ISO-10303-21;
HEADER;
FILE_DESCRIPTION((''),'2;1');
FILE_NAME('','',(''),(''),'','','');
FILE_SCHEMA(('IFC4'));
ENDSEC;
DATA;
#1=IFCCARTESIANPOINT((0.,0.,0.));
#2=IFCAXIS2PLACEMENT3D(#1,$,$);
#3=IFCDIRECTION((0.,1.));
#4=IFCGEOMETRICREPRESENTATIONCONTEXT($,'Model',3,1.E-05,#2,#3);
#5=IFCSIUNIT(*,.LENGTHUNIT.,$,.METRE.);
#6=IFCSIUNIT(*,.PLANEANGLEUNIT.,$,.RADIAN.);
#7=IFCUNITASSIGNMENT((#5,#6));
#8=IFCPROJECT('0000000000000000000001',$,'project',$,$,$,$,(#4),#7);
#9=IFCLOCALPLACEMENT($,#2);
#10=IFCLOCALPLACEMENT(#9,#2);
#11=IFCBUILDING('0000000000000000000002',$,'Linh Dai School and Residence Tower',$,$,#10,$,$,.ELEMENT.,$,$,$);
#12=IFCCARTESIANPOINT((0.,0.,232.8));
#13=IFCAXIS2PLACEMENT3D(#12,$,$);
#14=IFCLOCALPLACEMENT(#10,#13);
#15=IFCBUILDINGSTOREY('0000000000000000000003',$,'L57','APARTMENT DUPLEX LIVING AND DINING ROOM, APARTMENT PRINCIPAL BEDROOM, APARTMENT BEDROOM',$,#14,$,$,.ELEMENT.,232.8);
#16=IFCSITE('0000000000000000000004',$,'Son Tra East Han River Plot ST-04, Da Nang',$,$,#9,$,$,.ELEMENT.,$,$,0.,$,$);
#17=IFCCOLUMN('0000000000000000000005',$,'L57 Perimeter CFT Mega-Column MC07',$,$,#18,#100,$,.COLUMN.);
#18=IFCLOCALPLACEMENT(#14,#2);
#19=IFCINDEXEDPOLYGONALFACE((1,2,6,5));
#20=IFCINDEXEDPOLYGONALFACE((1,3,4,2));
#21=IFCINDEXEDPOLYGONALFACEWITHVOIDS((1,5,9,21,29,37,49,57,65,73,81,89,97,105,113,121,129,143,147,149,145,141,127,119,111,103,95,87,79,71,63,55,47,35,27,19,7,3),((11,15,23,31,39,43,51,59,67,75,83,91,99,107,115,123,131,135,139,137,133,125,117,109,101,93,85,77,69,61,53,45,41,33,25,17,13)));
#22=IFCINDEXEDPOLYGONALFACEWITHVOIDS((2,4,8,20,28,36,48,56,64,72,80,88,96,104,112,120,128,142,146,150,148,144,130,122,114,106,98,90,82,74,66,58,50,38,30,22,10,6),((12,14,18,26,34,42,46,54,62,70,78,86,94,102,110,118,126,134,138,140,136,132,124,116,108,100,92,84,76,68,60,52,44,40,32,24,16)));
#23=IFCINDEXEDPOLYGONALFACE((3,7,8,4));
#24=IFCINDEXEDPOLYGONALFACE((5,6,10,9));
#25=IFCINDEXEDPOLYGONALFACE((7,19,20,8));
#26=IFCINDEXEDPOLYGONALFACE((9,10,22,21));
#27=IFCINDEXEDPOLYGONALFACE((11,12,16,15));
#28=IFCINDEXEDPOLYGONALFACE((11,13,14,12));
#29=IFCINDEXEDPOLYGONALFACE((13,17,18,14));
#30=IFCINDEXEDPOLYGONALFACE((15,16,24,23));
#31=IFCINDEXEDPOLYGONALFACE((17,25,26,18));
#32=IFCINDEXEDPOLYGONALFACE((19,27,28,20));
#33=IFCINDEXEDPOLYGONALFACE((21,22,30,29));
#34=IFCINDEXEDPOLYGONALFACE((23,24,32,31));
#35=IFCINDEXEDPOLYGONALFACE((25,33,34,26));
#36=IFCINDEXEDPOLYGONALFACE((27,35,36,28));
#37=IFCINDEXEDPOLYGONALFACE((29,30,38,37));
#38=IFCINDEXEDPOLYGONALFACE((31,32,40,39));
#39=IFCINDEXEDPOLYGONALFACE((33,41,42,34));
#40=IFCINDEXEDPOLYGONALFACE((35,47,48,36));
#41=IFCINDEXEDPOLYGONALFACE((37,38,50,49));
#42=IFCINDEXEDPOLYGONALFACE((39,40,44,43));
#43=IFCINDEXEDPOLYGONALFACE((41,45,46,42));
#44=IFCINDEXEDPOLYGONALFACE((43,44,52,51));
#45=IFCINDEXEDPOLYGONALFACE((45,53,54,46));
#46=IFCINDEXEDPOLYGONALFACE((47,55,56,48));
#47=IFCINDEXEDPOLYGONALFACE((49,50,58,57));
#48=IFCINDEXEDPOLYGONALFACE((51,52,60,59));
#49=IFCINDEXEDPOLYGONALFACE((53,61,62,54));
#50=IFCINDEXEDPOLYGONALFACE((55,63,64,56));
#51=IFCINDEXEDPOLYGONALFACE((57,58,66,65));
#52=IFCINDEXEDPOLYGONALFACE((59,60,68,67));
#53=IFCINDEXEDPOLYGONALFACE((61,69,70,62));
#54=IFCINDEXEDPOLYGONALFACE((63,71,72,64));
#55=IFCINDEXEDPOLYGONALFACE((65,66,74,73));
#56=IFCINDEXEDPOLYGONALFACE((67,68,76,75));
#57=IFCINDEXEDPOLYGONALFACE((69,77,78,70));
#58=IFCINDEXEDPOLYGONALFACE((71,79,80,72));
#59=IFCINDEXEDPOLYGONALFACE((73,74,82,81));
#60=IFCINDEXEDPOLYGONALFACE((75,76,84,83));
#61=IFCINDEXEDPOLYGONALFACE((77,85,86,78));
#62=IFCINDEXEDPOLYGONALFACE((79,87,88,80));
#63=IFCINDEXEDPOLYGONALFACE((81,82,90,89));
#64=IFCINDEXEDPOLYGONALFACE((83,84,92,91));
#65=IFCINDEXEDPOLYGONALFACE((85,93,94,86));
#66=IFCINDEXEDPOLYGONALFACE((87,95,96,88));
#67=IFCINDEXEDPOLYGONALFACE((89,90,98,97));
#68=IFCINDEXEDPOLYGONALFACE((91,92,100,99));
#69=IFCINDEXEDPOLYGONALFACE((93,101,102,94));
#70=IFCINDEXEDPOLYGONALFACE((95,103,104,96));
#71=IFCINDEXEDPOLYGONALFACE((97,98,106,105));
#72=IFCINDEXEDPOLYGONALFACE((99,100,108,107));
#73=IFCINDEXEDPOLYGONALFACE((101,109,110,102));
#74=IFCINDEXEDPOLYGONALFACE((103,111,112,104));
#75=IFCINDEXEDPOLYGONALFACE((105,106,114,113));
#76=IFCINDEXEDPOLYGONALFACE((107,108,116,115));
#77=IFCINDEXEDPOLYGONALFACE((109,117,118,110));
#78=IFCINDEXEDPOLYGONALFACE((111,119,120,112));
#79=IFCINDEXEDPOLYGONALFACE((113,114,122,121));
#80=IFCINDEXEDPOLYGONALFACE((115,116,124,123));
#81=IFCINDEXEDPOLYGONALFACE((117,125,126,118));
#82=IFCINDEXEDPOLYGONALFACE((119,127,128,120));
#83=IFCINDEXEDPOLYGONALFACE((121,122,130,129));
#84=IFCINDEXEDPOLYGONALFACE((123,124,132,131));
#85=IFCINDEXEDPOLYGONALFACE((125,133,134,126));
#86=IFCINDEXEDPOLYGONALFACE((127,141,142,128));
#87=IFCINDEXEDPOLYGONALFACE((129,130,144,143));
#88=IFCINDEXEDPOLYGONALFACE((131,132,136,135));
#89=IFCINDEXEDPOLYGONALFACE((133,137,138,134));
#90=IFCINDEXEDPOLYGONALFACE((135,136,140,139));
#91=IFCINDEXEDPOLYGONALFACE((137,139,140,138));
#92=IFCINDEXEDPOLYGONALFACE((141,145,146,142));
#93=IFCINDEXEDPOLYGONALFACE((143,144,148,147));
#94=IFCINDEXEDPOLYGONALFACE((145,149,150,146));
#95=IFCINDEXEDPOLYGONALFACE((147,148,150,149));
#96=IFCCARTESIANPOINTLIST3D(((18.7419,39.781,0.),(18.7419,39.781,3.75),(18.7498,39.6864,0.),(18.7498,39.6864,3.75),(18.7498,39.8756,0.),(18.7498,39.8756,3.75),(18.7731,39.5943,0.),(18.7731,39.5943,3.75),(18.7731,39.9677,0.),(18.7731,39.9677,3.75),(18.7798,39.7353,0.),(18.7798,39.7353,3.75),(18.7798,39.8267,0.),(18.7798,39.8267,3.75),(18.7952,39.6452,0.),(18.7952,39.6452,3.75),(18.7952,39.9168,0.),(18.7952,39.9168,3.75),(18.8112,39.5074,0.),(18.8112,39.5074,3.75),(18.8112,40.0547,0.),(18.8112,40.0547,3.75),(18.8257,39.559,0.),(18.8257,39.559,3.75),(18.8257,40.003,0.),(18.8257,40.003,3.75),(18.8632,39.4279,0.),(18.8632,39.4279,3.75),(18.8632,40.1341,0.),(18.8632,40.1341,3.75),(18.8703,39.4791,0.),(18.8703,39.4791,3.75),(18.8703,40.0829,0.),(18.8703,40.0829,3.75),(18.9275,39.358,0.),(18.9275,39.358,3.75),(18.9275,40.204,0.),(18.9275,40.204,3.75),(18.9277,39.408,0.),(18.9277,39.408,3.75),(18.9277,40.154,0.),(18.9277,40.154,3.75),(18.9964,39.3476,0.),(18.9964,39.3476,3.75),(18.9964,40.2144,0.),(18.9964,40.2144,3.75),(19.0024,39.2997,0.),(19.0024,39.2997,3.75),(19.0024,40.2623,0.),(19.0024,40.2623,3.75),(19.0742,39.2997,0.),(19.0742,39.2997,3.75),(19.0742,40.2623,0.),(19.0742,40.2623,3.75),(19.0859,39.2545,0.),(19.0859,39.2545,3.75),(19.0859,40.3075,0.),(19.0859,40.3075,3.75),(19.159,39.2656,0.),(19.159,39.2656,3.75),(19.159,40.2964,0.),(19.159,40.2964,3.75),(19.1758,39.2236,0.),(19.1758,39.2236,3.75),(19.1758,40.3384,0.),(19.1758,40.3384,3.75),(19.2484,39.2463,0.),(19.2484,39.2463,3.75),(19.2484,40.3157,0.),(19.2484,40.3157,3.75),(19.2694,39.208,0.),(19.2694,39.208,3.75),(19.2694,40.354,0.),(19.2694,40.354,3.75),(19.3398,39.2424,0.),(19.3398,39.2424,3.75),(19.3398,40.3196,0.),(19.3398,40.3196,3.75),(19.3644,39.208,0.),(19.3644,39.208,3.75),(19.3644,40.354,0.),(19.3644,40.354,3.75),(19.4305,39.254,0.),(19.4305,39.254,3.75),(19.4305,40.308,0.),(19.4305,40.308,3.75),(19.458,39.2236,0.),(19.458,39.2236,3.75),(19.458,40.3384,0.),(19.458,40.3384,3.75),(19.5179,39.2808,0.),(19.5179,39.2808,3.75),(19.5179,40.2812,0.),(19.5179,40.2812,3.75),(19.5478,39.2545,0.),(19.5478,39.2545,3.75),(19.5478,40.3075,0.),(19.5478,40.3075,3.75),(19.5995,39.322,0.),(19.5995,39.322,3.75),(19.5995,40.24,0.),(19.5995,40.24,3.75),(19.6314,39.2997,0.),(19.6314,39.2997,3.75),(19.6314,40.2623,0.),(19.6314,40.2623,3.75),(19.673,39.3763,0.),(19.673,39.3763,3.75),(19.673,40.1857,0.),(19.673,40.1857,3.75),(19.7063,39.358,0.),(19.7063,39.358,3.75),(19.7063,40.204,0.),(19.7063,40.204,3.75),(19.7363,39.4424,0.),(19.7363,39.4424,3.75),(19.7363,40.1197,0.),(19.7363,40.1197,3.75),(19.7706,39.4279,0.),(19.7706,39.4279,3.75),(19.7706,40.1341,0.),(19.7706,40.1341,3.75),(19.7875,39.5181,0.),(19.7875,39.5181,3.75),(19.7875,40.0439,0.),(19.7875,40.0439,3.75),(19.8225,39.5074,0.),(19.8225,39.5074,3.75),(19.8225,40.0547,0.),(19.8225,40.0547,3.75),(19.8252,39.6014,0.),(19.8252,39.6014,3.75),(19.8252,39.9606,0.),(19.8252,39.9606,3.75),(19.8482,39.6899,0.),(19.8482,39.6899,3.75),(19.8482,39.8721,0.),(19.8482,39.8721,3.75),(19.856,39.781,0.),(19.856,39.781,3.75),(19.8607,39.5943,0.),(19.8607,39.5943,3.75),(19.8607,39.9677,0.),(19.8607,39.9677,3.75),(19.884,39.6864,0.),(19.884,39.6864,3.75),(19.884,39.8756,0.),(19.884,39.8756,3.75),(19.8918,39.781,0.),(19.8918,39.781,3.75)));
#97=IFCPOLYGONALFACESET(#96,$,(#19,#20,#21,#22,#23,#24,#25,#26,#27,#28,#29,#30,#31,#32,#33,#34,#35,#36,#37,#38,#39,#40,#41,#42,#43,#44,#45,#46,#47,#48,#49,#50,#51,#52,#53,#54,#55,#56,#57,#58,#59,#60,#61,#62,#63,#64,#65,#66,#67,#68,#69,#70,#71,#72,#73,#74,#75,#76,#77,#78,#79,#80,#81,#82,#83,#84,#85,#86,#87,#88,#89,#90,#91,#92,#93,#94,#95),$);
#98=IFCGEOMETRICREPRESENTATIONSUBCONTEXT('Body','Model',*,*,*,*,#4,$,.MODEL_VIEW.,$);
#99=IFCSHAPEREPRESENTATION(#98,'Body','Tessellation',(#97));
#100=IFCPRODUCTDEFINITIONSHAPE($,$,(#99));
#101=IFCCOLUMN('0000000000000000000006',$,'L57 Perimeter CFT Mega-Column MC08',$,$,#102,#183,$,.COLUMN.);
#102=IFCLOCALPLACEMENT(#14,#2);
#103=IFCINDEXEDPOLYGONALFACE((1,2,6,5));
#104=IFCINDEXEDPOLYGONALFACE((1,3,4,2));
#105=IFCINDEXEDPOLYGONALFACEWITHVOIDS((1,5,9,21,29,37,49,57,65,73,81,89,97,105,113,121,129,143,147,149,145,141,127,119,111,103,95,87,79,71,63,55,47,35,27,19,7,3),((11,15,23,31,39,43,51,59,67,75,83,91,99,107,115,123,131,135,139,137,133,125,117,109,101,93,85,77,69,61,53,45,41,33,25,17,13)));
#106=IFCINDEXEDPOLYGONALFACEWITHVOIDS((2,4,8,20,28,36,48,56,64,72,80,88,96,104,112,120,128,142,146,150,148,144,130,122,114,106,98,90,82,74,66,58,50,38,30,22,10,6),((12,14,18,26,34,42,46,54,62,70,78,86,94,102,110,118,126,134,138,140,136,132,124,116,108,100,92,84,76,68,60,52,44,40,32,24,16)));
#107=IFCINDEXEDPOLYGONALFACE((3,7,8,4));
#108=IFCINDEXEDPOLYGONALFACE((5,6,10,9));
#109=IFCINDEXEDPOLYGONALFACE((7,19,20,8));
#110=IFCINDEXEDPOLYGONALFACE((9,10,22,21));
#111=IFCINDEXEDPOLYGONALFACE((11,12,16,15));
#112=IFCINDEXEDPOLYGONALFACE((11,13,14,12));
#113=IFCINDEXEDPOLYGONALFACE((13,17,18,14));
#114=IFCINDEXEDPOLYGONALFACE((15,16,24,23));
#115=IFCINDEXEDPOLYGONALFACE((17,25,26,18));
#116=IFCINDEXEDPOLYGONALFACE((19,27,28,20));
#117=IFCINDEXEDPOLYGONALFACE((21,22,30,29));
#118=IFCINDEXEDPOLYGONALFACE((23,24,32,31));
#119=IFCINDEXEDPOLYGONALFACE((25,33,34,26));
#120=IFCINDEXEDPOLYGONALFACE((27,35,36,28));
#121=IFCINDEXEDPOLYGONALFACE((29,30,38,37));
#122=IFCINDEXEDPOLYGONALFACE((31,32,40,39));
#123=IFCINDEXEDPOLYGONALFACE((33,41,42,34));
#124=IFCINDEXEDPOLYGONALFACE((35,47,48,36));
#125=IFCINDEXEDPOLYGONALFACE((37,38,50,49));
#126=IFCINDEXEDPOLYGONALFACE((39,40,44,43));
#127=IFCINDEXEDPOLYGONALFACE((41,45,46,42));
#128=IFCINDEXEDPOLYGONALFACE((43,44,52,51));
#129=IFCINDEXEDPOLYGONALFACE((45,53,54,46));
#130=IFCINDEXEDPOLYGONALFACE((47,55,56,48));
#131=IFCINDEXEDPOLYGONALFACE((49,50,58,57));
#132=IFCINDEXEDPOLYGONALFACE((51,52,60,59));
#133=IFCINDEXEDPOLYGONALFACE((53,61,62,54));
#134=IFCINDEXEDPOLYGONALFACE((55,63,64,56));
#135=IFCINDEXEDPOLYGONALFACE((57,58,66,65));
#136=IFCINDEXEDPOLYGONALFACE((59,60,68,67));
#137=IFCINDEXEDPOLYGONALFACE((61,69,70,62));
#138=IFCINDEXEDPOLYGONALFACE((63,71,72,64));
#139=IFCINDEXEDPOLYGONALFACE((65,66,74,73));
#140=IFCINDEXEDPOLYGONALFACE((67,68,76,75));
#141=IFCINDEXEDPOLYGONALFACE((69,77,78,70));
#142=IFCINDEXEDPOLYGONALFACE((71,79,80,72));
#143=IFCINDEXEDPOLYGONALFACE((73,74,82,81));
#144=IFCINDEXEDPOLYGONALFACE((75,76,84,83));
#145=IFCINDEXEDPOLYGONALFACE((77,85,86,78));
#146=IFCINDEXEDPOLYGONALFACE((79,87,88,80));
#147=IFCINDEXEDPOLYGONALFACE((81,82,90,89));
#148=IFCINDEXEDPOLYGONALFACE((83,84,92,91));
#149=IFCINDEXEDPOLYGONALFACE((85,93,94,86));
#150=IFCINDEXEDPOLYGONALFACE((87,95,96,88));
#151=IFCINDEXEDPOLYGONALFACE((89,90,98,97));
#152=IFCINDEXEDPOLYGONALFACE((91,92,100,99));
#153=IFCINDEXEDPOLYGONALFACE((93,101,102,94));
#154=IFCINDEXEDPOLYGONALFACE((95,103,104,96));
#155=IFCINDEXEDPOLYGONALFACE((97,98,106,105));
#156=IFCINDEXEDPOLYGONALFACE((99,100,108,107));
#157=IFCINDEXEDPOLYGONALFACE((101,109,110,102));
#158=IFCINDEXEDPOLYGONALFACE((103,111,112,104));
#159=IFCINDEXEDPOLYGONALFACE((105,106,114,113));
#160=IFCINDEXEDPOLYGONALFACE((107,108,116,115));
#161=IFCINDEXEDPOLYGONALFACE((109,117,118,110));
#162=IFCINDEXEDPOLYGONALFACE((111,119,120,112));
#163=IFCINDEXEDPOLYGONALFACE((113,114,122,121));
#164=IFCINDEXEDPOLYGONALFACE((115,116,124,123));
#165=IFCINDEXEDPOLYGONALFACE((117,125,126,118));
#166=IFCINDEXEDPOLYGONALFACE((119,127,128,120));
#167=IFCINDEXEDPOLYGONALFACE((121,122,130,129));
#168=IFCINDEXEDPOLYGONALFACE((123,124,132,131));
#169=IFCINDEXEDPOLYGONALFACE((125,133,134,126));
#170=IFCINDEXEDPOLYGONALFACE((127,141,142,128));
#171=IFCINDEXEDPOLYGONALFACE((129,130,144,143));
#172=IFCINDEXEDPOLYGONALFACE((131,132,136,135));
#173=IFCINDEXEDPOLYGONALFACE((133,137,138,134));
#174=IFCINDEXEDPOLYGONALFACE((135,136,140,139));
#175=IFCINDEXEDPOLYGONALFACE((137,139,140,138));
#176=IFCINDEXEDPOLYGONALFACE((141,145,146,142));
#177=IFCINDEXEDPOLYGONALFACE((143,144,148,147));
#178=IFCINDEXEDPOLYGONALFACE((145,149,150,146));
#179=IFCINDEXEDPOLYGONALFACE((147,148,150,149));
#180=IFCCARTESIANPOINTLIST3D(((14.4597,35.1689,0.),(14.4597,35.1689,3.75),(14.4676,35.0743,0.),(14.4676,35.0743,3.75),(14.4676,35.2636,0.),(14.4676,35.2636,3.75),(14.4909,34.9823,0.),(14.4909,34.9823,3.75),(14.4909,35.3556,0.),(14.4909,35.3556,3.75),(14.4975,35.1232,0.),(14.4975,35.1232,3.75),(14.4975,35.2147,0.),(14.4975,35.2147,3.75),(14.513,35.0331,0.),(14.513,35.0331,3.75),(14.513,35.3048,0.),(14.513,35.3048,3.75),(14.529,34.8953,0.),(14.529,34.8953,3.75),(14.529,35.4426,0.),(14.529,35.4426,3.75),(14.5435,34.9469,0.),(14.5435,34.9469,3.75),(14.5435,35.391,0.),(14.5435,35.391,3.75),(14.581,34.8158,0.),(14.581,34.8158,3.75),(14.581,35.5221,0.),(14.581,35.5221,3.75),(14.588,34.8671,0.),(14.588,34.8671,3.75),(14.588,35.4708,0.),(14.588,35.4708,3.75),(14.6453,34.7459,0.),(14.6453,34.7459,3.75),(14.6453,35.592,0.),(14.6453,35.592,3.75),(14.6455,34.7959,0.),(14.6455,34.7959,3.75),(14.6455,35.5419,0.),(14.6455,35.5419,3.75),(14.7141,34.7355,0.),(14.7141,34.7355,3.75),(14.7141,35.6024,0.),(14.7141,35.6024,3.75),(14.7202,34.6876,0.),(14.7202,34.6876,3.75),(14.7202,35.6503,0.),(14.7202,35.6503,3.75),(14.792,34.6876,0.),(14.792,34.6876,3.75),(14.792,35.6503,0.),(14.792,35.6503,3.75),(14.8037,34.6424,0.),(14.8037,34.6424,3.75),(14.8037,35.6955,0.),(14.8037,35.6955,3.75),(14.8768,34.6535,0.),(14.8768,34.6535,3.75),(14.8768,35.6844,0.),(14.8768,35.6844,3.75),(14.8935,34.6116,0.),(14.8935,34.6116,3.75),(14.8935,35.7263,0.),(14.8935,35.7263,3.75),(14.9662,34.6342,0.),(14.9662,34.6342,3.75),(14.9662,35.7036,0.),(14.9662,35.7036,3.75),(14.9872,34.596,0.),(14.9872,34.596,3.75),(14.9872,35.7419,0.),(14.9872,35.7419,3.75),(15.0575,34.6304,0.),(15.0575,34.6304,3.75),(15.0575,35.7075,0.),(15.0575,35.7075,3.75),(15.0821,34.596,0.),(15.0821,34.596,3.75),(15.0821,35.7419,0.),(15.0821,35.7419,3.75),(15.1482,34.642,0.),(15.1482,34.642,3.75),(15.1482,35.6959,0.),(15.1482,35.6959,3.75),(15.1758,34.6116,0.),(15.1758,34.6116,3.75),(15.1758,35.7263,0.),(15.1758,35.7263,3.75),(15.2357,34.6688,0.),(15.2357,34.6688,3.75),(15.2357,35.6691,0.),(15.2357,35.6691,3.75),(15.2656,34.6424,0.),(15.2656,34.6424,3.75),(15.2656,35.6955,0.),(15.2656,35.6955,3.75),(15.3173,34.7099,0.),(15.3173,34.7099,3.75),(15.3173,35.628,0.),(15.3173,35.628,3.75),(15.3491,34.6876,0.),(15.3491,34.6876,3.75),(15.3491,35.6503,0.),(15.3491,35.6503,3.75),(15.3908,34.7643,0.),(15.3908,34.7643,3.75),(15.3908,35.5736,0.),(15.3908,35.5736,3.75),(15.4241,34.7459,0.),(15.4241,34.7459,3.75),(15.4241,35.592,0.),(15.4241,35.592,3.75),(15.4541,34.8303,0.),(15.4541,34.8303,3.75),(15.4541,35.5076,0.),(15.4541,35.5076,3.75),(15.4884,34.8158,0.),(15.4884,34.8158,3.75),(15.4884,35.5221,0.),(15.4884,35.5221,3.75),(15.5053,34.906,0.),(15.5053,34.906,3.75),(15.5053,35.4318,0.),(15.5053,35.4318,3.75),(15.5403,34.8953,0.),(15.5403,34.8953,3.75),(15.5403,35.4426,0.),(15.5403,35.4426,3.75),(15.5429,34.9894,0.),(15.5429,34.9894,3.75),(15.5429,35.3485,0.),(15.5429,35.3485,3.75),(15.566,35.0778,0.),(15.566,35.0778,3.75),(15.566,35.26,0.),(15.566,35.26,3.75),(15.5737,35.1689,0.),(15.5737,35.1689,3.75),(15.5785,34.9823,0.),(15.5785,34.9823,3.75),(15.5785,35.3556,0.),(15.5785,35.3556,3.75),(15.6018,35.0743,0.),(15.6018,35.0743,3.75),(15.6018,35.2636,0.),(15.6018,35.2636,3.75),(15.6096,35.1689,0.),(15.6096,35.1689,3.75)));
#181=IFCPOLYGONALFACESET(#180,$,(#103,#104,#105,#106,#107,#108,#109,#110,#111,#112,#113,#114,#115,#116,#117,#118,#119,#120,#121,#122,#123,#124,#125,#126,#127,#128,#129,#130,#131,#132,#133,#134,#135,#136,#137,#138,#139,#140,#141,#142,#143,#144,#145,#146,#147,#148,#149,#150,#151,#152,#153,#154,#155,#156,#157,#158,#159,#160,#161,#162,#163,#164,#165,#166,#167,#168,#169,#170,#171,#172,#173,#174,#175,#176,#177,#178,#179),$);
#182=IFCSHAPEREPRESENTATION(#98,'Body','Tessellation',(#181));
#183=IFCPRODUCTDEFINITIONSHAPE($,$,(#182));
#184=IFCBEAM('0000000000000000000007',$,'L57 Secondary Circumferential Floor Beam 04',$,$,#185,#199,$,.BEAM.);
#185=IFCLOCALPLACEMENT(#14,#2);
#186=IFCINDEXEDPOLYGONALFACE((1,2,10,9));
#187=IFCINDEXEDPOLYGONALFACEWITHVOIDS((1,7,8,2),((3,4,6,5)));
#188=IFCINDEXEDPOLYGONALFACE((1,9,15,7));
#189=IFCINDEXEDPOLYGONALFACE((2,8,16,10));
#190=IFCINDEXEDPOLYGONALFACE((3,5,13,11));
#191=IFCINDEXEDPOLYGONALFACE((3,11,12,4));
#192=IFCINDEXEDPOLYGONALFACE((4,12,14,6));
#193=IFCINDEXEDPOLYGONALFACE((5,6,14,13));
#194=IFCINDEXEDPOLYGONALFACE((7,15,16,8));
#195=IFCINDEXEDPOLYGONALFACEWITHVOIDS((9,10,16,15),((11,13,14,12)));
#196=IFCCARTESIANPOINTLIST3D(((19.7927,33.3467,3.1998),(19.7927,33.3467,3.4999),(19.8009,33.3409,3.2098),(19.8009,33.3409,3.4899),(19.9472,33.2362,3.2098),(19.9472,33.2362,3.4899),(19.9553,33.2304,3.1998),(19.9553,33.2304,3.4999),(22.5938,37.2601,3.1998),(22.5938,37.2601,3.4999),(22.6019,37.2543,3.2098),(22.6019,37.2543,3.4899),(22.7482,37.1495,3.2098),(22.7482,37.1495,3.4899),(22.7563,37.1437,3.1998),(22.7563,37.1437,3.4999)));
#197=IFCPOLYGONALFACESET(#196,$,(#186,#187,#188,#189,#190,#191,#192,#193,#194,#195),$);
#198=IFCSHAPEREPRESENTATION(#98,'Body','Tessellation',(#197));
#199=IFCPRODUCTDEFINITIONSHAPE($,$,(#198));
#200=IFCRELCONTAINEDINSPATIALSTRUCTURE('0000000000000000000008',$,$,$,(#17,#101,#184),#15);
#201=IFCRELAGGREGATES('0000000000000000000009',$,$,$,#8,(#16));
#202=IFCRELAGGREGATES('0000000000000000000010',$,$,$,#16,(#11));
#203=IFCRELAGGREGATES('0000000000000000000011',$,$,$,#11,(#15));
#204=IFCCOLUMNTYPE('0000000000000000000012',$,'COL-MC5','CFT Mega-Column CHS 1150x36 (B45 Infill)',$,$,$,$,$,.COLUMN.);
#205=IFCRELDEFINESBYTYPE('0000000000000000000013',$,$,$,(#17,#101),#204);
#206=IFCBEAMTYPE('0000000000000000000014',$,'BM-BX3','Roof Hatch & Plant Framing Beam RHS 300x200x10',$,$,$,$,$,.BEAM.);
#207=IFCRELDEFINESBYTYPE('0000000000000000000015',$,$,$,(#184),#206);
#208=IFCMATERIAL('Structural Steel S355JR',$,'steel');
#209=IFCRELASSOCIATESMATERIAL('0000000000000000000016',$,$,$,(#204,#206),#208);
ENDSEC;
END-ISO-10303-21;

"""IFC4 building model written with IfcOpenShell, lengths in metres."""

from ifc_helpers import new_model, si_unit, direction, frame, origin, origin_2d, place, context, subcontext, project, spatial, hollow_rectangle, hollow_circle, extrude, material, material_profile, profile_set, type_object, element, save


model = new_model("IFC4")

# Units and contexts
model_context = context("Model", 3, precision=1e-05, world=origin(), true_north=direction((0.0, 1.0)))
body_context = subcontext(model_context, "Body", "Model", "MODEL_VIEW")
ifc_project = project(units=[si_unit("LENGTHUNIT", "METRE"), si_unit("PLANEANGLEUNIT", "RADIAN")], contexts=[model_context])

# Site, building, storey
site_placement = place(None, origin())
site = spatial("IfcSite", under=ifc_project, at=site_placement, Name="Son Tra East Han River Plot ST-04, Da Nang", CompositionType="ELEMENT", RefElevation=0.0)
building_placement = place(site_placement, origin())
building = spatial("IfcBuilding", under=site, at=building_placement, Name="Linh Dai School and Residence Tower", CompositionType="ELEMENT")
storey_placement = place(building_placement, frame((0.0, 0.0, 232.8)))
storey = spatial("IfcBuildingStorey", under=building, at=storey_placement, Name="L57", Description="APARTMENT DUPLEX LIVING AND DINING ROOM, APARTMENT PRINCIPAL BEDROOM, APARTMENT BEDROOM", CompositionType="ELEMENT", Elevation=232.8)

# Columns
ifc_material_1 = material(Name="Structural Steel S355JR", Category="steel")
ifc_material_profile_1 = material_profile(ifc_material_1, hollow_circle(Radius=0.575, WallThickness=0.0359, at=origin_2d()), Name="CHS 1150x36")
ifc_profile_set_1 = profile_set([ifc_material_profile_1], Name="Structural Steel S355JR")
column_type = type_object("IfcColumnType", Name="COL-MC5", Description="CFT Mega-Column CHS 1150x36 (B45 Infill)", PredefinedType="COLUMN", material=ifc_profile_set_1)
for number, where, z_axis, x_axis, name in (
    (1, (19.3169, 39.781, 0.0), (0.0, 0.0, 1.0), (1.0, 0.0, 0.0), "L57 Perimeter CFT Mega-Column MC07"),
    (2, (15.0347, 35.1689, 0.0), (0.0, 0.0, 1.0), (1.0, 0.0, 0.0), "L57 Perimeter CFT Mega-Column MC08"),
):
    element("IfcColumn", number, at=place(storey_placement, frame(where, z_axis=z_axis, x_axis=x_axis)), inside=storey, type_object=column_type, Name=name, PredefinedType="COLUMN", context=body_context, shape_type="SweptSolid", body=[
        extrude(hollow_circle(Radius=0.575, WallThickness=0.0359, at=origin_2d()), origin(), (0.0, 0.0, 1.0), 3.75),
    ])

# Beam
ifc_material_profile_2 = material_profile(ifc_material_1, hollow_rectangle(XDim=0.2, YDim=0.3, WallThickness=0.01, at=origin_2d()), Name="RHS 300x200x10")
ifc_profile_set_2 = profile_set([ifc_material_profile_2], Name="Structural Steel S355JR")
beam_type_1 = type_object("IfcBeamType", Name="BM-BX3", Description="Roof Hatch & Plant Framing Beam RHS 300x200x10", PredefinedType="BEAM", material=ifc_profile_set_2)
beam_1_placement = place(storey_placement, frame((22.675, 37.2019, 3.3499), z_axis=(-0.582035, -0.813164, 0.0), x_axis=(0.813164, -0.582035, 0.0)))
element("IfcBeam", 3, at=beam_1_placement, inside=storey, type_object=beam_type_1, Name="L57 Secondary Circumferential Floor Beam 04", PredefinedType="BEAM", context=body_context, shape_type="SweptSolid", body=[
    extrude(hollow_rectangle(XDim=0.2, YDim=0.3, WallThickness=0.01, at=origin_2d()), origin(), (0.0, 0.0, 1.0), 4.8125),
])

save(model, "model.ifc")
